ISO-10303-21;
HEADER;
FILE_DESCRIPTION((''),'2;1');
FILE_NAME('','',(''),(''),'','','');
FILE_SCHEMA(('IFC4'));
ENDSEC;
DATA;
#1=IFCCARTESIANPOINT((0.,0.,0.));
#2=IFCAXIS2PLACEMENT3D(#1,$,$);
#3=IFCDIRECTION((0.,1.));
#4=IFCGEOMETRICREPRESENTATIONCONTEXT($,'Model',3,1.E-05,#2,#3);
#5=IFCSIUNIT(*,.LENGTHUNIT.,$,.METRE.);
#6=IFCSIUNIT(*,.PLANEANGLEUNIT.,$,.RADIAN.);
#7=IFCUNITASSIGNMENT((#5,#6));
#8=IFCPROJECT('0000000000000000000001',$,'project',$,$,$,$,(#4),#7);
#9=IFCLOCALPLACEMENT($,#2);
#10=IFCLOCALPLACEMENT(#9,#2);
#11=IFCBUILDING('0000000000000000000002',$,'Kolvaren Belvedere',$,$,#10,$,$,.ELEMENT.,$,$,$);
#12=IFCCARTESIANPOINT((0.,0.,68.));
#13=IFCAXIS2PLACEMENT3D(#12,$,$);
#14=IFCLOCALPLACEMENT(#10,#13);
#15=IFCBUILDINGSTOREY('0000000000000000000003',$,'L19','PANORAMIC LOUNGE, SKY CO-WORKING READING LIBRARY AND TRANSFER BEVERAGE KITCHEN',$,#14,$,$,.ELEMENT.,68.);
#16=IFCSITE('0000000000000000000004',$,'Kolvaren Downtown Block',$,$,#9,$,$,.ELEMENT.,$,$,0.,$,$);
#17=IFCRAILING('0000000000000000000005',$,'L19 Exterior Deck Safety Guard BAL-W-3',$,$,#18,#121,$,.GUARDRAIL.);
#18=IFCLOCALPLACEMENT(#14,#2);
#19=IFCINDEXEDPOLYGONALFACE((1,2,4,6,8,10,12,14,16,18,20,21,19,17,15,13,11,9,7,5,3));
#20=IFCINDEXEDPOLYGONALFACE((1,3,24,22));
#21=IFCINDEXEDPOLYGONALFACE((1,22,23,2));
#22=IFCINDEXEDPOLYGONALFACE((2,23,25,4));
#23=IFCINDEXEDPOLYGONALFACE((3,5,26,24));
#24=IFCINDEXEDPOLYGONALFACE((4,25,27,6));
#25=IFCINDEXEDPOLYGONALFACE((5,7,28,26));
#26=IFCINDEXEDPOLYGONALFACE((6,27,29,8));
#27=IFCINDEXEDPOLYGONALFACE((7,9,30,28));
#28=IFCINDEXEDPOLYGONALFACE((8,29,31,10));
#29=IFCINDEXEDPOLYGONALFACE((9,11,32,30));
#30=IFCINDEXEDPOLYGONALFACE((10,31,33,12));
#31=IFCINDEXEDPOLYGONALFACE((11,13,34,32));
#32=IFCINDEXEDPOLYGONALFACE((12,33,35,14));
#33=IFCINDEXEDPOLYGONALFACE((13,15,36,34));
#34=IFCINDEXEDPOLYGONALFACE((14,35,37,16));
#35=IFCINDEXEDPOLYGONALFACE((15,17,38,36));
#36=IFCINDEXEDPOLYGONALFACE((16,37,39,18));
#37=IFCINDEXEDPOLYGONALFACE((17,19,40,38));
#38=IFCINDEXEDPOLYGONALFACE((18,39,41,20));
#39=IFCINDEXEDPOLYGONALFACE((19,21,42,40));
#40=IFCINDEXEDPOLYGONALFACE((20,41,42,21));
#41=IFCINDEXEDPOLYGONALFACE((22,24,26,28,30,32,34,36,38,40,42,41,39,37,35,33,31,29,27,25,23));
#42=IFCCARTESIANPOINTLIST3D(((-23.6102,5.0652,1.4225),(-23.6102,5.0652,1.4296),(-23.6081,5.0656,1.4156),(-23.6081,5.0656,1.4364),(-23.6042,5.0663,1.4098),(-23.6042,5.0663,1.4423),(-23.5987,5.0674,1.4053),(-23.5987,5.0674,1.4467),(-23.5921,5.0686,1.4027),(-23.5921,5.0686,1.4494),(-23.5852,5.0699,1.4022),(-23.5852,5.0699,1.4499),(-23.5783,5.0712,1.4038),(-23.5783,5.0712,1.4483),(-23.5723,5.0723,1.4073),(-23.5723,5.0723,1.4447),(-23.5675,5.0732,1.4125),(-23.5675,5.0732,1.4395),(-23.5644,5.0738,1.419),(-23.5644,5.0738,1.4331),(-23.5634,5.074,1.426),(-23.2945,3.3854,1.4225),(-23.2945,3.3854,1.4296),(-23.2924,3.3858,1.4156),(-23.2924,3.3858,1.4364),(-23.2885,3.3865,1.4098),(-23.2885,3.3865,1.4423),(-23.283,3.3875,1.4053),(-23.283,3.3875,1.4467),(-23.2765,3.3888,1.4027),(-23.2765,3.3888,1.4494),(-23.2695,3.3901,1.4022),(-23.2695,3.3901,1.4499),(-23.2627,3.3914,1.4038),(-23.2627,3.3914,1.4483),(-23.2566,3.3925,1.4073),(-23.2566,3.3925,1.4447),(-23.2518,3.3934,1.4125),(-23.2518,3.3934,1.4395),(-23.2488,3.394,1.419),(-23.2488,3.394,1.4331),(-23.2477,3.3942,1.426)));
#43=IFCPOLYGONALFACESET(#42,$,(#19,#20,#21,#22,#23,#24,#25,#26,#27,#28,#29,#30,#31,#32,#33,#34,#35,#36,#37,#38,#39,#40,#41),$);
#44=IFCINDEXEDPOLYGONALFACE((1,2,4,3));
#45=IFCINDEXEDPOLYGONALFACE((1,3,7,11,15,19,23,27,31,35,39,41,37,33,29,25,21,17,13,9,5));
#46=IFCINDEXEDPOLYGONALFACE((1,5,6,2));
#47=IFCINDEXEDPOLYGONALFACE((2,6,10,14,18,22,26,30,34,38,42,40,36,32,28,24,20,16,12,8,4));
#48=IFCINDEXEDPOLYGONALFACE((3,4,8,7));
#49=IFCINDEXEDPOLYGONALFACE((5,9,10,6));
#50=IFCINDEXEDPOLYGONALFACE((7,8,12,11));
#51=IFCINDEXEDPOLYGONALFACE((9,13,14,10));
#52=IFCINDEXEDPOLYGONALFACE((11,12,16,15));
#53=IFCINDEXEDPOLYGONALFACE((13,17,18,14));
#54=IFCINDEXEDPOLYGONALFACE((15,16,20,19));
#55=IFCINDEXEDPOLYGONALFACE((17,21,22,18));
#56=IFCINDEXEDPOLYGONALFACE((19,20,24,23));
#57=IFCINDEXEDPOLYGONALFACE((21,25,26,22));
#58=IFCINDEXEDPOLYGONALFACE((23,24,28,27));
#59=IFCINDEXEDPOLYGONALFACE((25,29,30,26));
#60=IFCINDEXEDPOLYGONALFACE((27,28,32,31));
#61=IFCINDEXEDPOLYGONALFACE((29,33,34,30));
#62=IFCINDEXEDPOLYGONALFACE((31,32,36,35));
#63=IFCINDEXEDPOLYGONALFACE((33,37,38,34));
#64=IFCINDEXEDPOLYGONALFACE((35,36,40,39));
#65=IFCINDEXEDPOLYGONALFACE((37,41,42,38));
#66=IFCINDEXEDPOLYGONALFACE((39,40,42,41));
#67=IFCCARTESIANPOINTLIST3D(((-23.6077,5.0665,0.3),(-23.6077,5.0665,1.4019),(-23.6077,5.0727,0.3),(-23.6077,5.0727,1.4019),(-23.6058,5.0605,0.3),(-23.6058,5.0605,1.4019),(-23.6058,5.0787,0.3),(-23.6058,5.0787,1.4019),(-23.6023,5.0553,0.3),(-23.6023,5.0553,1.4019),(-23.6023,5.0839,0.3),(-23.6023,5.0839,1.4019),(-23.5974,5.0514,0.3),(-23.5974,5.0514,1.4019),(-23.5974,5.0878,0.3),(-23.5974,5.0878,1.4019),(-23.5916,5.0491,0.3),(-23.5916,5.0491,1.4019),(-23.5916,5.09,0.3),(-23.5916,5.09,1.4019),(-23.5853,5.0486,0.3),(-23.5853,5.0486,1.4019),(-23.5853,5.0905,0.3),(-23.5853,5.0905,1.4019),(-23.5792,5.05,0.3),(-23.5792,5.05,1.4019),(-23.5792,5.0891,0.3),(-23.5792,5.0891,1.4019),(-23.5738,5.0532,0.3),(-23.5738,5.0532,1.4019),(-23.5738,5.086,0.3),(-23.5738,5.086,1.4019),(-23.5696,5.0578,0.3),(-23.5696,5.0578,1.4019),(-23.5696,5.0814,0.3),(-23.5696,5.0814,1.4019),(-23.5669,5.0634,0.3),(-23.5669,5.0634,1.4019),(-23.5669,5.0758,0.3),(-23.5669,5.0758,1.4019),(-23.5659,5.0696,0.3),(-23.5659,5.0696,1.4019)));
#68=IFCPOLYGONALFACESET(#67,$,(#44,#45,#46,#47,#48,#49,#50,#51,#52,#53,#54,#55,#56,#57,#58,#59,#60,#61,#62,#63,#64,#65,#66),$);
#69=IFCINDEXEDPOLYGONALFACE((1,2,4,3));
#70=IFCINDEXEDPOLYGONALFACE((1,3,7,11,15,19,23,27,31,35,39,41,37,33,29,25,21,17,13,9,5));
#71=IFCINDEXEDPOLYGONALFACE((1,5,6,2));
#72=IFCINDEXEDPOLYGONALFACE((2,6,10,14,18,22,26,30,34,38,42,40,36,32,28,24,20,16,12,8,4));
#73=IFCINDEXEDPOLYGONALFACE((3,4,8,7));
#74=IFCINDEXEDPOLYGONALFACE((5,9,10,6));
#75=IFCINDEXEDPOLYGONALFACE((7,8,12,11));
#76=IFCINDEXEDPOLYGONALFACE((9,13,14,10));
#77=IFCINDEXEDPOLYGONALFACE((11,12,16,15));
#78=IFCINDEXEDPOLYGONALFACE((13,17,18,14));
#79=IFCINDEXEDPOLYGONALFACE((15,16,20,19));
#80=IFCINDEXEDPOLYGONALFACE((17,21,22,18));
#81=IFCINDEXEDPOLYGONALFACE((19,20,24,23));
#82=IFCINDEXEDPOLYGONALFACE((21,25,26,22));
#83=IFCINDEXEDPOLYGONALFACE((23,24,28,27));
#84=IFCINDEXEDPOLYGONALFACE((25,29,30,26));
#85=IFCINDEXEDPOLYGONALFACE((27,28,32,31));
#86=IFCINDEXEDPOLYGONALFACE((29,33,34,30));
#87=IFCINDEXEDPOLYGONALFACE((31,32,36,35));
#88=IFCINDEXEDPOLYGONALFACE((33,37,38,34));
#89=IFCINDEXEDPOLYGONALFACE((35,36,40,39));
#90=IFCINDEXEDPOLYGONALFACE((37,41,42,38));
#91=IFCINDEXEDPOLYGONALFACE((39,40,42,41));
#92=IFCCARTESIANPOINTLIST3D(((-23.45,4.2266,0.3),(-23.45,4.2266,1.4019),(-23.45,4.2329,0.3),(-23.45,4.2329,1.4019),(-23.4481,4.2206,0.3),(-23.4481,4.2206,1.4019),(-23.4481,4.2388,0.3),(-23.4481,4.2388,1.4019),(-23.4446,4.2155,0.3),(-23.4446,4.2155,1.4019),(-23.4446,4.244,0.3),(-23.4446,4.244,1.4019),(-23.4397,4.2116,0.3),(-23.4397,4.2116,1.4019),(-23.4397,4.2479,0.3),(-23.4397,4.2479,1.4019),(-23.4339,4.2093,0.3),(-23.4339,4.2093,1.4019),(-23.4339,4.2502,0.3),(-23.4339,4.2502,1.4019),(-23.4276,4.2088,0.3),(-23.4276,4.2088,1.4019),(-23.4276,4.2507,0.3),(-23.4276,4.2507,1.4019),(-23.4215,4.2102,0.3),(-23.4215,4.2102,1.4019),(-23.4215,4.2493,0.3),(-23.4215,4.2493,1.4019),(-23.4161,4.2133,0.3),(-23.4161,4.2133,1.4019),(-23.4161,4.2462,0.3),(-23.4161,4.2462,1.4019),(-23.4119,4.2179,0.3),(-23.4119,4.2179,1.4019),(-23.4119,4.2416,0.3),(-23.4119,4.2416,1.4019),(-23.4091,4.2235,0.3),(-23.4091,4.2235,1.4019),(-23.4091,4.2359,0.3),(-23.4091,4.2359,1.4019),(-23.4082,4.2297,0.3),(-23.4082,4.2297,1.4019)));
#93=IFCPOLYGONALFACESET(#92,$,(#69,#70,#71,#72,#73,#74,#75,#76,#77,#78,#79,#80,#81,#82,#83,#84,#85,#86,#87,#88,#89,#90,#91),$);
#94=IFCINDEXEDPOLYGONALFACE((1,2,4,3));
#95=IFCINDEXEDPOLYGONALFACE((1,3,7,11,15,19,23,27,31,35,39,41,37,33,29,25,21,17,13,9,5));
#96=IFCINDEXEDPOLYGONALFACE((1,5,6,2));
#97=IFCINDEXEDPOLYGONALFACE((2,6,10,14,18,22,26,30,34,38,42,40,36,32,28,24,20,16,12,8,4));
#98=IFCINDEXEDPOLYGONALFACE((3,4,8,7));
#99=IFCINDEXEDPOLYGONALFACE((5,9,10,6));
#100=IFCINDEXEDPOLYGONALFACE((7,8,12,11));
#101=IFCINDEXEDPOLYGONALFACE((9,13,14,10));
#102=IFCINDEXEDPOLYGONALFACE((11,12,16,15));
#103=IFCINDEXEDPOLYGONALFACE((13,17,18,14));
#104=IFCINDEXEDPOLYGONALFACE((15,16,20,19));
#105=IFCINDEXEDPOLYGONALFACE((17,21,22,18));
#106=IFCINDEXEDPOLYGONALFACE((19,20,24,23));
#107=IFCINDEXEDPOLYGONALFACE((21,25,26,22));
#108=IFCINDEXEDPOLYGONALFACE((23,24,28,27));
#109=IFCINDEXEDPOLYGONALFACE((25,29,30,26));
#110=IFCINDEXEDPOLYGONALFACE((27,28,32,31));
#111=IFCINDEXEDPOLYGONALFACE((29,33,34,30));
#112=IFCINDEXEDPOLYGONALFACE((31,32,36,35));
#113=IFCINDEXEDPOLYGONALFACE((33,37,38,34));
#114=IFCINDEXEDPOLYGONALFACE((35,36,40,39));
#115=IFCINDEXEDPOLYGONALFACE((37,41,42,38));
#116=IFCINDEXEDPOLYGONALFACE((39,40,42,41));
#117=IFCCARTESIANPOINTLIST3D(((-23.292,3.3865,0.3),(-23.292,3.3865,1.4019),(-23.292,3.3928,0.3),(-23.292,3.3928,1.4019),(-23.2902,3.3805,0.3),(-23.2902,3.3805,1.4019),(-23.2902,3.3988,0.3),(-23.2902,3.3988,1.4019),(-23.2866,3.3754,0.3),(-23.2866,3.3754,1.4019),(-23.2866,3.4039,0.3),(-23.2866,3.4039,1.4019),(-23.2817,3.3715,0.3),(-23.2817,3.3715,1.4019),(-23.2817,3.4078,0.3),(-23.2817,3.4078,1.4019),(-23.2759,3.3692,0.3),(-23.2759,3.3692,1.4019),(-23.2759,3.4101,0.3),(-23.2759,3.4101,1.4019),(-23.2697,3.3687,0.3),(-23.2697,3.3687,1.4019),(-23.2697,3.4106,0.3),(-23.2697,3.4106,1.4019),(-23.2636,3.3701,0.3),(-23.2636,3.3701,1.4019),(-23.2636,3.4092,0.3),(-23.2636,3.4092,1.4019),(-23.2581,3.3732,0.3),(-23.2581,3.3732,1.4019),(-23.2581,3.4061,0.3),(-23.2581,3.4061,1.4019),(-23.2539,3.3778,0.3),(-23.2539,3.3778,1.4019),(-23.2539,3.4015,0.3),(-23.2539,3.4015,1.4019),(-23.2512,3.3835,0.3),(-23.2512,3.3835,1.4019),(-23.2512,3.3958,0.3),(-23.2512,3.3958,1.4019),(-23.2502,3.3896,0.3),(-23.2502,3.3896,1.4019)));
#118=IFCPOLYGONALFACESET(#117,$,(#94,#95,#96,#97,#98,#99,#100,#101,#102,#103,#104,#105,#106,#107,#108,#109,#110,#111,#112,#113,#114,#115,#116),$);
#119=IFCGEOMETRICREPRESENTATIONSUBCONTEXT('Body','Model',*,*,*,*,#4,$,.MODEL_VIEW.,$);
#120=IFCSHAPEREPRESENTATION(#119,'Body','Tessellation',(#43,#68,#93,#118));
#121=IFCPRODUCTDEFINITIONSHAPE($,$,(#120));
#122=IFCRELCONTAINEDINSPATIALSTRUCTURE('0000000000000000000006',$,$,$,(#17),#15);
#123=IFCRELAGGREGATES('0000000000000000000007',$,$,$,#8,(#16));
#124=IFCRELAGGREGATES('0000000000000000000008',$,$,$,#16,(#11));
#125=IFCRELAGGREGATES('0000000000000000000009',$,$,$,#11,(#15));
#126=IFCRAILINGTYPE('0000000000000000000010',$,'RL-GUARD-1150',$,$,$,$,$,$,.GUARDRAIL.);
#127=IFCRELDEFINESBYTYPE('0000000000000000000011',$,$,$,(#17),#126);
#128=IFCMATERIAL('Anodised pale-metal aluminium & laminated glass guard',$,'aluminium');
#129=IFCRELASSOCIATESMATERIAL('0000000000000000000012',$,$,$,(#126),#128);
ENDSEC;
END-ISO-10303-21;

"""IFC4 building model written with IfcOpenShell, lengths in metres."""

from ifc_helpers import new_model, si_unit, direction, frame, origin, origin_2d, place, context, subcontext, project, spatial, circle, extrude, material, type_object, element, save


model = new_model("IFC4")

# Units and contexts
model_context = context("Model", 3, precision=1e-05, world=origin(), true_north=direction((0.0, 1.0)))
body_context = subcontext(model_context, "Body", "Model", "MODEL_VIEW")
ifc_project = project(units=[si_unit("LENGTHUNIT", "METRE"), si_unit("PLANEANGLEUNIT", "RADIAN")], contexts=[model_context])

# Site, building, storey
site_placement = place(None, origin())
site = spatial("IfcSite", under=ifc_project, at=site_placement, Name="Kolvaren Downtown Block", CompositionType="ELEMENT", RefElevation=0.0)
building_placement = place(site_placement, origin())
building = spatial("IfcBuilding", under=site, at=building_placement, Name="Kolvaren Belvedere", CompositionType="ELEMENT")
storey_placement = place(building_placement, frame((0.0, 0.0, 68.0)))
storey = spatial("IfcBuildingStorey", under=building, at=storey_placement, Name="L19", Description="PANORAMIC LOUNGE, SKY CO-WORKING READING LIBRARY AND TRANSFER BEVERAGE KITCHEN", CompositionType="ELEMENT", Elevation=68.0)

# Railing
ifc_material_1 = material(Name="Anodised pale-metal aluminium & laminated glass guard", Category="aluminium")
railing_type = type_object("IfcRailingType", Name="RL-GUARD-1150", PredefinedType="GUARDRAIL", material=ifc_material_1)
railing_1_placement = place(storey_placement, frame((-23.5869, 5.0696, 0.3)))
element("IfcRailing", 1, at=railing_1_placement, inside=storey, type_object=railing_type, Name="L19 Exterior Deck Safety Guard BAL-W-3", PredefinedType="GUARDRAIL", context=body_context, shape_type="SweptSolid", body=[
    extrude(circle(Radius=0.0239, at=origin_2d()), frame((0.0, 0.0, 1.126), z_axis=(0.184677, -0.982799, 0.0), x_axis=(0.982799, 0.184677, 0.0)), (0.0, 0.0, 1.0), 1.7092),
    extrude(circle(Radius=0.021, at=origin_2d()), origin(), (0.0, 0.0, 1.0), 1.1018),
    extrude(circle(Radius=0.021, at=origin_2d()), frame((0.1577, -0.8398, 0.0)), (0.0, 0.0, 1.0), 1.1018),
    extrude(circle(Radius=0.021, at=origin_2d()), frame((0.3157, -1.6799, 0.0)), (0.0, 0.0, 1.0), 1.1018),
])

save(model, "model.ifc")
